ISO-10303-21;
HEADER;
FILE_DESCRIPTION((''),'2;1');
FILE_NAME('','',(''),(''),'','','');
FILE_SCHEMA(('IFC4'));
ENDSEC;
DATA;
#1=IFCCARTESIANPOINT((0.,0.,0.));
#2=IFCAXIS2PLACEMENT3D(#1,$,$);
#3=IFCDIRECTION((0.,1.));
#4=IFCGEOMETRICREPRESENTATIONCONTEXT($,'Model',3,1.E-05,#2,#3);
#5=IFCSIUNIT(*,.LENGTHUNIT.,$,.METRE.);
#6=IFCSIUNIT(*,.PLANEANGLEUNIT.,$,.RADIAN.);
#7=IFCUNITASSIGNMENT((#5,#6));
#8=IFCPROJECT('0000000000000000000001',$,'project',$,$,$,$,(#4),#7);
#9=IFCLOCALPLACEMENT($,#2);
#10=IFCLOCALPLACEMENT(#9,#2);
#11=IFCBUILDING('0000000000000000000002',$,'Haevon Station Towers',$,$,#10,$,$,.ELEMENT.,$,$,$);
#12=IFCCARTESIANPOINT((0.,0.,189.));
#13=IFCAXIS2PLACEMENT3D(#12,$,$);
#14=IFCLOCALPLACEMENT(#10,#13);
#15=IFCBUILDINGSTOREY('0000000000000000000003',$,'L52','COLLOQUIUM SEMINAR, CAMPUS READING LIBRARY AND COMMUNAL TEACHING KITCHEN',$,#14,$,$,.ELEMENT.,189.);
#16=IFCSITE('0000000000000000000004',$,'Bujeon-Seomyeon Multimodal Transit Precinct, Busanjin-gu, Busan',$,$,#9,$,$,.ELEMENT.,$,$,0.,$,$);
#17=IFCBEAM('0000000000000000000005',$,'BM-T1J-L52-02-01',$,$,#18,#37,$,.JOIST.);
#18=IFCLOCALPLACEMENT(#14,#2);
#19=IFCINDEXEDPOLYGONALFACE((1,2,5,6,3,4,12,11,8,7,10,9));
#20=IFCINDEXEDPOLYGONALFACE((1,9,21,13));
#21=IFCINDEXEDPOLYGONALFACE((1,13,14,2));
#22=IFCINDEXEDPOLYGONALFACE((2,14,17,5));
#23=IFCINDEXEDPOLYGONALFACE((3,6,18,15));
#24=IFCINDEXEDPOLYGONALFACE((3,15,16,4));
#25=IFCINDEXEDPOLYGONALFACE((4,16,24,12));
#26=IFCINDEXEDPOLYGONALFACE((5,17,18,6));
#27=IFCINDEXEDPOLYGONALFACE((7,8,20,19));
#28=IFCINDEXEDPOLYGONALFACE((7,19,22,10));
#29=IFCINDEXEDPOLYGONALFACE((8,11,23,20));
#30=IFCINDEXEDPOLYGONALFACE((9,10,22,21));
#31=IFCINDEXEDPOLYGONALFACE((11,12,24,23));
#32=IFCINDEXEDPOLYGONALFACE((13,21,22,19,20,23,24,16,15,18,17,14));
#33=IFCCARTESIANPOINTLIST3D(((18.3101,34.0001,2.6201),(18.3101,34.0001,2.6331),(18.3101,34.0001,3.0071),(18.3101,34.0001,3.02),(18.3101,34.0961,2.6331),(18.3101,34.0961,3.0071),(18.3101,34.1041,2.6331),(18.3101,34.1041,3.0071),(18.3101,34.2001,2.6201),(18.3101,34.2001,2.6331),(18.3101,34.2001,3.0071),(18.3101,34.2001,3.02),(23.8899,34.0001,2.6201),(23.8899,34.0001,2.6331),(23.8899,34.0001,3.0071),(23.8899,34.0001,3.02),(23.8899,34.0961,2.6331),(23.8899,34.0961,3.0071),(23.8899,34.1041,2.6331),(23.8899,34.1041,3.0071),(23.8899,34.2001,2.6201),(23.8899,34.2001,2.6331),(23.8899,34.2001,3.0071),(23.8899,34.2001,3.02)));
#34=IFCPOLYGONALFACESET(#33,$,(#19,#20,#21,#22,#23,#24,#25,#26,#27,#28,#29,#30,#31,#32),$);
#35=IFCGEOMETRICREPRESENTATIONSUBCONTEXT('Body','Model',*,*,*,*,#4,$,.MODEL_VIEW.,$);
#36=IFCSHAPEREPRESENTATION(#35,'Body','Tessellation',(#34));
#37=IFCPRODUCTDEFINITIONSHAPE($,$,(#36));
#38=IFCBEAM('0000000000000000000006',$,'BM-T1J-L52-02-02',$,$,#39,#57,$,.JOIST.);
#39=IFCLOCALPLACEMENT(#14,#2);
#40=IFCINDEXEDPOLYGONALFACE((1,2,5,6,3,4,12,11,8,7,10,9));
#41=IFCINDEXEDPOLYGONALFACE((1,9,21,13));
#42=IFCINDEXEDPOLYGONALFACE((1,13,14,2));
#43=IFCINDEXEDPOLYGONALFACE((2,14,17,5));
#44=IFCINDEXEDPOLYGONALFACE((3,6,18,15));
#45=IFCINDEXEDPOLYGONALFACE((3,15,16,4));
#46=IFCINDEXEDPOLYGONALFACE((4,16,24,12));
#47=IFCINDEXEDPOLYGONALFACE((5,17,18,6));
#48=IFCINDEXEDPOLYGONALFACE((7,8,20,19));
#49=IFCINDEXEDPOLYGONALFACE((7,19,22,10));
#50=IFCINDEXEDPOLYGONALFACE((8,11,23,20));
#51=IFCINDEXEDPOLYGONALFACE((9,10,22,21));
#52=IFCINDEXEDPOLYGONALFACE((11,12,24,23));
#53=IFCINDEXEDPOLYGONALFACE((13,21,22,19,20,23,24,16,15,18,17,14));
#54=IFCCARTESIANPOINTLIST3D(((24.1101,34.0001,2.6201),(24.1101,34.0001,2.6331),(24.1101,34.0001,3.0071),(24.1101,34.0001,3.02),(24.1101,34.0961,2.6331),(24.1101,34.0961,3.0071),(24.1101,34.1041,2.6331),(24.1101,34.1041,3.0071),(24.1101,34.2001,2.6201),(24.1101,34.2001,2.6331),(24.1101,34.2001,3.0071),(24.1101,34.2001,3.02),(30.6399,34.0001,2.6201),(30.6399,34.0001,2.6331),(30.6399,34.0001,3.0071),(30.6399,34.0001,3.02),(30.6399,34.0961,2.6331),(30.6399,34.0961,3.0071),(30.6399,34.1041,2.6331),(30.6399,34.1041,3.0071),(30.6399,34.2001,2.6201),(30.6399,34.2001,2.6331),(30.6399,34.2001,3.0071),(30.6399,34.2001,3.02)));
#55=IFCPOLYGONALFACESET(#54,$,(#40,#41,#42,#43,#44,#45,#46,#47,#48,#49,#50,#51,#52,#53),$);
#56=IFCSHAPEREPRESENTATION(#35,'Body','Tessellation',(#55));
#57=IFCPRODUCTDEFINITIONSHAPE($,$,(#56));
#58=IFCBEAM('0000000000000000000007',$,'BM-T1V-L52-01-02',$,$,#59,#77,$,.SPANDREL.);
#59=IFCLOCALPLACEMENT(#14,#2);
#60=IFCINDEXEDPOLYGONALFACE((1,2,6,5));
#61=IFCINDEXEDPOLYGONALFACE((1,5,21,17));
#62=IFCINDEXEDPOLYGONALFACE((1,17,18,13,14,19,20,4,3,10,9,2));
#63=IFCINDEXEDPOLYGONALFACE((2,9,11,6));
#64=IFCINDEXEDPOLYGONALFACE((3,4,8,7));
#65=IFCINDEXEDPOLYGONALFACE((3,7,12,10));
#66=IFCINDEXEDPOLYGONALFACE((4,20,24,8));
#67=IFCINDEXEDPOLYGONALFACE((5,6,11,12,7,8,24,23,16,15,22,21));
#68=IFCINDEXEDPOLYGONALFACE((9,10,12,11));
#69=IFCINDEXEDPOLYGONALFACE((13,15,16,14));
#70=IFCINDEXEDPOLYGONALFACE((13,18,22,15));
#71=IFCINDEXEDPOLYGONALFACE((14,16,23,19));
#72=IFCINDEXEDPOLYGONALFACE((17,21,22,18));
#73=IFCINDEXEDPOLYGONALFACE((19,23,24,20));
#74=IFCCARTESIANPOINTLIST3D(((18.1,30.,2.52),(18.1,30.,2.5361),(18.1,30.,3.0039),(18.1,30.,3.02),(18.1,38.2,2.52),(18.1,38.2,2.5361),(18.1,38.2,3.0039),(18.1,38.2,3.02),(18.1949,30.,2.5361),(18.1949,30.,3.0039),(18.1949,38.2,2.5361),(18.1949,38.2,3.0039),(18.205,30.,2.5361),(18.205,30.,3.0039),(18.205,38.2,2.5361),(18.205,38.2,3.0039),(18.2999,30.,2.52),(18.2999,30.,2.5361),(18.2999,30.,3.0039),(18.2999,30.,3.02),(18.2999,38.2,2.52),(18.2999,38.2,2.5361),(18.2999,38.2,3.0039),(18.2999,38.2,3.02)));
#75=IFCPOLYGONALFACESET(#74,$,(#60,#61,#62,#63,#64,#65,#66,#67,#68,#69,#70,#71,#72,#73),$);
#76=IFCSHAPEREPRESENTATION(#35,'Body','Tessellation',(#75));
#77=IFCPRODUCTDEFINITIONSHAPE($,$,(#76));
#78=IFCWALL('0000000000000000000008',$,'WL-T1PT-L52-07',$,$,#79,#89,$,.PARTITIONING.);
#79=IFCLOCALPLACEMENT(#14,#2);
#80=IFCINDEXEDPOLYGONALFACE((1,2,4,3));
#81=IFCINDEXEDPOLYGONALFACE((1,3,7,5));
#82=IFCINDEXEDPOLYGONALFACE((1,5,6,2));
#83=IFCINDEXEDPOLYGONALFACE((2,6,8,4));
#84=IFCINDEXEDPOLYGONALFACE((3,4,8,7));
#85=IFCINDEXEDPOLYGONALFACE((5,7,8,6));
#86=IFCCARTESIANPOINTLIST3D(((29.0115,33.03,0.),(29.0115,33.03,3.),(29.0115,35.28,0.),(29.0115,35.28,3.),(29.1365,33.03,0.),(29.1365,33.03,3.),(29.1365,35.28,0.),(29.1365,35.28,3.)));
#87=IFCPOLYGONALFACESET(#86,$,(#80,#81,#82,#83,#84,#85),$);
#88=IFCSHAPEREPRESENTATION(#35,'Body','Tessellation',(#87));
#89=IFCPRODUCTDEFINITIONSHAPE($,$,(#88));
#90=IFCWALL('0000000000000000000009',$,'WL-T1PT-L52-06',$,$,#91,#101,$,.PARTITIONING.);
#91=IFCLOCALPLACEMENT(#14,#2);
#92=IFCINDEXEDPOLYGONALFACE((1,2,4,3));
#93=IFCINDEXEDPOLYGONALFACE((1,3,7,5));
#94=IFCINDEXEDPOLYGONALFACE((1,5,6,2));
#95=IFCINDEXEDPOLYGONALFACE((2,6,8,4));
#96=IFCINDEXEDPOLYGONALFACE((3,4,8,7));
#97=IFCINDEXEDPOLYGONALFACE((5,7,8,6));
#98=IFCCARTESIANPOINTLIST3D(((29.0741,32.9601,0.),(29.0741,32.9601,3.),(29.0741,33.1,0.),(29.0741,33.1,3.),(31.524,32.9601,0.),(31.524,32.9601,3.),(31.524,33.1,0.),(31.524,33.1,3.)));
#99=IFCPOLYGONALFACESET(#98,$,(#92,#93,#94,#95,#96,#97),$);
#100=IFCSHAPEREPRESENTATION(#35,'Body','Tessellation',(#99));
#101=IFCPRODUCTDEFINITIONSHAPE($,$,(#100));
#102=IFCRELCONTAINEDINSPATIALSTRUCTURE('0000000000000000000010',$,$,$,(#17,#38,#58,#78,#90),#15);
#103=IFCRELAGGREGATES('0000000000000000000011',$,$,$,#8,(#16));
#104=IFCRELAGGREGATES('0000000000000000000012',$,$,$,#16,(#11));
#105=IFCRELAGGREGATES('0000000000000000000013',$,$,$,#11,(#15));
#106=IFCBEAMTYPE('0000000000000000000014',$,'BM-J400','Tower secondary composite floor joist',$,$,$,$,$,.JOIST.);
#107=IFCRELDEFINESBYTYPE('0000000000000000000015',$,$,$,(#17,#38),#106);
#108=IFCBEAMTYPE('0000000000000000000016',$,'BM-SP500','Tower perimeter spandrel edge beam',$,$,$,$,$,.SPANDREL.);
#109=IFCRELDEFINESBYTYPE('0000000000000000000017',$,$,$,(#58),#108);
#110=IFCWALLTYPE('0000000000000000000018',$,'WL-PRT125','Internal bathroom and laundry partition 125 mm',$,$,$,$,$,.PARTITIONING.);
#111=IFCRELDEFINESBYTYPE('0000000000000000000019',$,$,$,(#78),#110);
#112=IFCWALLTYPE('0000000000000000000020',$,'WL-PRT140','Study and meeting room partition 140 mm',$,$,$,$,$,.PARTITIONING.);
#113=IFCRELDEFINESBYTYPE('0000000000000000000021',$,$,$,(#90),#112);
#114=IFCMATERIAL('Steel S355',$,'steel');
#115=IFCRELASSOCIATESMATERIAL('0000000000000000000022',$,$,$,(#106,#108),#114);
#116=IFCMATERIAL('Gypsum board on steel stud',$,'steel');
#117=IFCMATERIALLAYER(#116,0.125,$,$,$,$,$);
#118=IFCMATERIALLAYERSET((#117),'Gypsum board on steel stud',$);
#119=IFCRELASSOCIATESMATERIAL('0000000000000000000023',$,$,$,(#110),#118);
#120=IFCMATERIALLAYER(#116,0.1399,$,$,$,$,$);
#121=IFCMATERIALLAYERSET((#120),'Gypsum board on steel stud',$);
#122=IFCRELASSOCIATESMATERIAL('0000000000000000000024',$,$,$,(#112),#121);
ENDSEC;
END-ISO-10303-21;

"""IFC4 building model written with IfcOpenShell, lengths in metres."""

from ifc_helpers import new_model, si_unit, direction, frame, frame_2d, origin, origin_2d, place, context, subcontext, project, spatial, rectangle, i_section, extrude, material, layer, layer_set, material_profile, profile_set, type_object, element, save


model = new_model("IFC4")

# Units and contexts
model_context = context("Model", 3, precision=1e-05, world=origin(), true_north=direction((0.0, 1.0)))
body_context = subcontext(model_context, "Body", "Model", "MODEL_VIEW")
ifc_project = project(units=[si_unit("LENGTHUNIT", "METRE"), si_unit("PLANEANGLEUNIT", "RADIAN")], contexts=[model_context])

# Site, building, storey
site_placement = place(None, origin())
site = spatial("IfcSite", under=ifc_project, at=site_placement, Name="Bujeon-Seomyeon Multimodal Transit Precinct, Busanjin-gu, Busan", CompositionType="ELEMENT", RefElevation=0.0)
building_placement = place(site_placement, origin())
building = spatial("IfcBuilding", under=site, at=building_placement, Name="Haevon Station Towers", CompositionType="ELEMENT")
storey_placement = place(building_placement, frame((0.0, 0.0, 189.0)))
storey = spatial("IfcBuildingStorey", under=building, at=storey_placement, Name="L52", Description="COLLOQUIUM SEMINAR, CAMPUS READING LIBRARY AND COMMUNAL TEACHING KITCHEN", CompositionType="ELEMENT", Elevation=189.0)

# Shared definitions
ifc_material_1 = material(Name="Steel S355", Category="steel")

# Beams
ifc_material_profile_1 = material_profile(ifc_material_1, i_section(OverallWidth=0.2, OverallDepth=0.3999, WebThickness=0.0081, FlangeThickness=0.0129, at=origin_2d()), Name="H-400x200x8x13")
ifc_profile_set_1 = profile_set([ifc_material_profile_1], Name="Steel S355")
beam_type_1 = type_object("IfcBeamType", Name="BM-J400", Description="Tower secondary composite floor joist", PredefinedType="JOIST", material=ifc_profile_set_1)
beam_1_placement = place(storey_placement, frame((18.3101, 34.1001, 2.8201), z_axis=(1.0, 0.0, 0.0), x_axis=(0.0, 1.0, 0.0)))
element("IfcBeam", 1, at=beam_1_placement, inside=storey, type_object=beam_type_1, Name="BM-T1J-L52-02-01", PredefinedType="JOIST", context=body_context, shape_type="SweptSolid", body=[
    extrude(i_section(OverallWidth=0.2, OverallDepth=0.3999, WebThickness=0.0081, FlangeThickness=0.0129, at=origin_2d()), origin(), (0.0, 0.0, 1.0), 5.5798),
])
beam_2_placement = place(storey_placement, frame((24.1101, 34.1001, 2.8201), z_axis=(1.0, 0.0, 0.0), x_axis=(0.0, 1.0, 0.0)))
element("IfcBeam", 2, at=beam_2_placement, inside=storey, type_object=beam_type_1, Name="BM-T1J-L52-02-02", PredefinedType="JOIST", context=body_context, shape_type="SweptSolid", body=[
    extrude(i_section(OverallWidth=0.2, OverallDepth=0.3999, WebThickness=0.0081, FlangeThickness=0.0129, at=origin_2d()), origin(), (0.0, 0.0, 1.0), 6.5298),
])
ifc_material_profile_2 = material_profile(ifc_material_1, i_section(OverallWidth=0.2, OverallDepth=0.5, WebThickness=0.01, FlangeThickness=0.0161, at=origin_2d()), Name="H-500x200x10x16")
ifc_profile_set_2 = profile_set([ifc_material_profile_2], Name="Steel S355")
beam_type_2 = type_object("IfcBeamType", Name="BM-SP500", Description="Tower perimeter spandrel edge beam", PredefinedType="SPANDREL", material=ifc_profile_set_2)
beam_3_placement = place(storey_placement, frame((18.2, 30.0, 2.77), z_axis=(0.0, 1.0, 0.0), x_axis=(-1.0, 0.0, 0.0)))
element("IfcBeam", 3, at=beam_3_placement, inside=storey, type_object=beam_type_2, Name="BM-T1V-L52-01-02", PredefinedType="SPANDREL", context=body_context, shape_type="SweptSolid", body=[
    extrude(i_section(OverallWidth=0.2, OverallDepth=0.5, WebThickness=0.01, FlangeThickness=0.0161, at=origin_2d()), origin(), (0.0, 0.0, 1.0), 8.2),
])

# Walls
ifc_material_2 = material(Name="Gypsum board on steel stud", Category="steel")
ifc_layer_1 = layer(ifc_material_2, 0.125)
ifc_layer_set_1 = layer_set([ifc_layer_1], Name="Gypsum board on steel stud")
wall_type_1 = type_object("IfcWallType", Name="WL-PRT125", Description="Internal bathroom and laundry partition 125 mm", PredefinedType="PARTITIONING", material=ifc_layer_set_1)
wall_1_placement = place(storey_placement, frame((29.074, 33.03, 0.0), z_axis=(0.0, 0.0, 1.0), x_axis=(0.0, 1.0, 0.0)))
element("IfcWall", 4, at=wall_1_placement, inside=storey, type_object=wall_type_1, Name="WL-T1PT-L52-07", PredefinedType="PARTITIONING", context=body_context, shape_type="SweptSolid", body=[
    extrude(rectangle(XDim=2.25, YDim=0.125, at=frame_2d((1.125, 0.0))), origin(), (0.0, 0.0, 1.0), 3.0),
])
ifc_layer_2 = layer(ifc_material_2, 0.1399)
ifc_layer_set_2 = layer_set([ifc_layer_2], Name="Gypsum board on steel stud")
wall_type_2 = type_object("IfcWallType", Name="WL-PRT140", Description="Study and meeting room partition 140 mm", PredefinedType="PARTITIONING", material=ifc_layer_set_2)
wall_2_placement = place(storey_placement, frame((29.074, 33.03, 0.0), z_axis=(0.0, 0.0, 1.0), x_axis=(1.0, 0.0, 0.0)))
element("IfcWall", 5, at=wall_2_placement, inside=storey, type_object=wall_type_2, Name="WL-T1PT-L52-06", PredefinedType="PARTITIONING", context=body_context, shape_type="SweptSolid", body=[
    extrude(rectangle(XDim=2.45, YDim=0.1399, at=frame_2d((1.2251, 0.0))), origin(), (0.0, 0.0, 1.0), 3.0),
])

save(model, "model.ifc")
